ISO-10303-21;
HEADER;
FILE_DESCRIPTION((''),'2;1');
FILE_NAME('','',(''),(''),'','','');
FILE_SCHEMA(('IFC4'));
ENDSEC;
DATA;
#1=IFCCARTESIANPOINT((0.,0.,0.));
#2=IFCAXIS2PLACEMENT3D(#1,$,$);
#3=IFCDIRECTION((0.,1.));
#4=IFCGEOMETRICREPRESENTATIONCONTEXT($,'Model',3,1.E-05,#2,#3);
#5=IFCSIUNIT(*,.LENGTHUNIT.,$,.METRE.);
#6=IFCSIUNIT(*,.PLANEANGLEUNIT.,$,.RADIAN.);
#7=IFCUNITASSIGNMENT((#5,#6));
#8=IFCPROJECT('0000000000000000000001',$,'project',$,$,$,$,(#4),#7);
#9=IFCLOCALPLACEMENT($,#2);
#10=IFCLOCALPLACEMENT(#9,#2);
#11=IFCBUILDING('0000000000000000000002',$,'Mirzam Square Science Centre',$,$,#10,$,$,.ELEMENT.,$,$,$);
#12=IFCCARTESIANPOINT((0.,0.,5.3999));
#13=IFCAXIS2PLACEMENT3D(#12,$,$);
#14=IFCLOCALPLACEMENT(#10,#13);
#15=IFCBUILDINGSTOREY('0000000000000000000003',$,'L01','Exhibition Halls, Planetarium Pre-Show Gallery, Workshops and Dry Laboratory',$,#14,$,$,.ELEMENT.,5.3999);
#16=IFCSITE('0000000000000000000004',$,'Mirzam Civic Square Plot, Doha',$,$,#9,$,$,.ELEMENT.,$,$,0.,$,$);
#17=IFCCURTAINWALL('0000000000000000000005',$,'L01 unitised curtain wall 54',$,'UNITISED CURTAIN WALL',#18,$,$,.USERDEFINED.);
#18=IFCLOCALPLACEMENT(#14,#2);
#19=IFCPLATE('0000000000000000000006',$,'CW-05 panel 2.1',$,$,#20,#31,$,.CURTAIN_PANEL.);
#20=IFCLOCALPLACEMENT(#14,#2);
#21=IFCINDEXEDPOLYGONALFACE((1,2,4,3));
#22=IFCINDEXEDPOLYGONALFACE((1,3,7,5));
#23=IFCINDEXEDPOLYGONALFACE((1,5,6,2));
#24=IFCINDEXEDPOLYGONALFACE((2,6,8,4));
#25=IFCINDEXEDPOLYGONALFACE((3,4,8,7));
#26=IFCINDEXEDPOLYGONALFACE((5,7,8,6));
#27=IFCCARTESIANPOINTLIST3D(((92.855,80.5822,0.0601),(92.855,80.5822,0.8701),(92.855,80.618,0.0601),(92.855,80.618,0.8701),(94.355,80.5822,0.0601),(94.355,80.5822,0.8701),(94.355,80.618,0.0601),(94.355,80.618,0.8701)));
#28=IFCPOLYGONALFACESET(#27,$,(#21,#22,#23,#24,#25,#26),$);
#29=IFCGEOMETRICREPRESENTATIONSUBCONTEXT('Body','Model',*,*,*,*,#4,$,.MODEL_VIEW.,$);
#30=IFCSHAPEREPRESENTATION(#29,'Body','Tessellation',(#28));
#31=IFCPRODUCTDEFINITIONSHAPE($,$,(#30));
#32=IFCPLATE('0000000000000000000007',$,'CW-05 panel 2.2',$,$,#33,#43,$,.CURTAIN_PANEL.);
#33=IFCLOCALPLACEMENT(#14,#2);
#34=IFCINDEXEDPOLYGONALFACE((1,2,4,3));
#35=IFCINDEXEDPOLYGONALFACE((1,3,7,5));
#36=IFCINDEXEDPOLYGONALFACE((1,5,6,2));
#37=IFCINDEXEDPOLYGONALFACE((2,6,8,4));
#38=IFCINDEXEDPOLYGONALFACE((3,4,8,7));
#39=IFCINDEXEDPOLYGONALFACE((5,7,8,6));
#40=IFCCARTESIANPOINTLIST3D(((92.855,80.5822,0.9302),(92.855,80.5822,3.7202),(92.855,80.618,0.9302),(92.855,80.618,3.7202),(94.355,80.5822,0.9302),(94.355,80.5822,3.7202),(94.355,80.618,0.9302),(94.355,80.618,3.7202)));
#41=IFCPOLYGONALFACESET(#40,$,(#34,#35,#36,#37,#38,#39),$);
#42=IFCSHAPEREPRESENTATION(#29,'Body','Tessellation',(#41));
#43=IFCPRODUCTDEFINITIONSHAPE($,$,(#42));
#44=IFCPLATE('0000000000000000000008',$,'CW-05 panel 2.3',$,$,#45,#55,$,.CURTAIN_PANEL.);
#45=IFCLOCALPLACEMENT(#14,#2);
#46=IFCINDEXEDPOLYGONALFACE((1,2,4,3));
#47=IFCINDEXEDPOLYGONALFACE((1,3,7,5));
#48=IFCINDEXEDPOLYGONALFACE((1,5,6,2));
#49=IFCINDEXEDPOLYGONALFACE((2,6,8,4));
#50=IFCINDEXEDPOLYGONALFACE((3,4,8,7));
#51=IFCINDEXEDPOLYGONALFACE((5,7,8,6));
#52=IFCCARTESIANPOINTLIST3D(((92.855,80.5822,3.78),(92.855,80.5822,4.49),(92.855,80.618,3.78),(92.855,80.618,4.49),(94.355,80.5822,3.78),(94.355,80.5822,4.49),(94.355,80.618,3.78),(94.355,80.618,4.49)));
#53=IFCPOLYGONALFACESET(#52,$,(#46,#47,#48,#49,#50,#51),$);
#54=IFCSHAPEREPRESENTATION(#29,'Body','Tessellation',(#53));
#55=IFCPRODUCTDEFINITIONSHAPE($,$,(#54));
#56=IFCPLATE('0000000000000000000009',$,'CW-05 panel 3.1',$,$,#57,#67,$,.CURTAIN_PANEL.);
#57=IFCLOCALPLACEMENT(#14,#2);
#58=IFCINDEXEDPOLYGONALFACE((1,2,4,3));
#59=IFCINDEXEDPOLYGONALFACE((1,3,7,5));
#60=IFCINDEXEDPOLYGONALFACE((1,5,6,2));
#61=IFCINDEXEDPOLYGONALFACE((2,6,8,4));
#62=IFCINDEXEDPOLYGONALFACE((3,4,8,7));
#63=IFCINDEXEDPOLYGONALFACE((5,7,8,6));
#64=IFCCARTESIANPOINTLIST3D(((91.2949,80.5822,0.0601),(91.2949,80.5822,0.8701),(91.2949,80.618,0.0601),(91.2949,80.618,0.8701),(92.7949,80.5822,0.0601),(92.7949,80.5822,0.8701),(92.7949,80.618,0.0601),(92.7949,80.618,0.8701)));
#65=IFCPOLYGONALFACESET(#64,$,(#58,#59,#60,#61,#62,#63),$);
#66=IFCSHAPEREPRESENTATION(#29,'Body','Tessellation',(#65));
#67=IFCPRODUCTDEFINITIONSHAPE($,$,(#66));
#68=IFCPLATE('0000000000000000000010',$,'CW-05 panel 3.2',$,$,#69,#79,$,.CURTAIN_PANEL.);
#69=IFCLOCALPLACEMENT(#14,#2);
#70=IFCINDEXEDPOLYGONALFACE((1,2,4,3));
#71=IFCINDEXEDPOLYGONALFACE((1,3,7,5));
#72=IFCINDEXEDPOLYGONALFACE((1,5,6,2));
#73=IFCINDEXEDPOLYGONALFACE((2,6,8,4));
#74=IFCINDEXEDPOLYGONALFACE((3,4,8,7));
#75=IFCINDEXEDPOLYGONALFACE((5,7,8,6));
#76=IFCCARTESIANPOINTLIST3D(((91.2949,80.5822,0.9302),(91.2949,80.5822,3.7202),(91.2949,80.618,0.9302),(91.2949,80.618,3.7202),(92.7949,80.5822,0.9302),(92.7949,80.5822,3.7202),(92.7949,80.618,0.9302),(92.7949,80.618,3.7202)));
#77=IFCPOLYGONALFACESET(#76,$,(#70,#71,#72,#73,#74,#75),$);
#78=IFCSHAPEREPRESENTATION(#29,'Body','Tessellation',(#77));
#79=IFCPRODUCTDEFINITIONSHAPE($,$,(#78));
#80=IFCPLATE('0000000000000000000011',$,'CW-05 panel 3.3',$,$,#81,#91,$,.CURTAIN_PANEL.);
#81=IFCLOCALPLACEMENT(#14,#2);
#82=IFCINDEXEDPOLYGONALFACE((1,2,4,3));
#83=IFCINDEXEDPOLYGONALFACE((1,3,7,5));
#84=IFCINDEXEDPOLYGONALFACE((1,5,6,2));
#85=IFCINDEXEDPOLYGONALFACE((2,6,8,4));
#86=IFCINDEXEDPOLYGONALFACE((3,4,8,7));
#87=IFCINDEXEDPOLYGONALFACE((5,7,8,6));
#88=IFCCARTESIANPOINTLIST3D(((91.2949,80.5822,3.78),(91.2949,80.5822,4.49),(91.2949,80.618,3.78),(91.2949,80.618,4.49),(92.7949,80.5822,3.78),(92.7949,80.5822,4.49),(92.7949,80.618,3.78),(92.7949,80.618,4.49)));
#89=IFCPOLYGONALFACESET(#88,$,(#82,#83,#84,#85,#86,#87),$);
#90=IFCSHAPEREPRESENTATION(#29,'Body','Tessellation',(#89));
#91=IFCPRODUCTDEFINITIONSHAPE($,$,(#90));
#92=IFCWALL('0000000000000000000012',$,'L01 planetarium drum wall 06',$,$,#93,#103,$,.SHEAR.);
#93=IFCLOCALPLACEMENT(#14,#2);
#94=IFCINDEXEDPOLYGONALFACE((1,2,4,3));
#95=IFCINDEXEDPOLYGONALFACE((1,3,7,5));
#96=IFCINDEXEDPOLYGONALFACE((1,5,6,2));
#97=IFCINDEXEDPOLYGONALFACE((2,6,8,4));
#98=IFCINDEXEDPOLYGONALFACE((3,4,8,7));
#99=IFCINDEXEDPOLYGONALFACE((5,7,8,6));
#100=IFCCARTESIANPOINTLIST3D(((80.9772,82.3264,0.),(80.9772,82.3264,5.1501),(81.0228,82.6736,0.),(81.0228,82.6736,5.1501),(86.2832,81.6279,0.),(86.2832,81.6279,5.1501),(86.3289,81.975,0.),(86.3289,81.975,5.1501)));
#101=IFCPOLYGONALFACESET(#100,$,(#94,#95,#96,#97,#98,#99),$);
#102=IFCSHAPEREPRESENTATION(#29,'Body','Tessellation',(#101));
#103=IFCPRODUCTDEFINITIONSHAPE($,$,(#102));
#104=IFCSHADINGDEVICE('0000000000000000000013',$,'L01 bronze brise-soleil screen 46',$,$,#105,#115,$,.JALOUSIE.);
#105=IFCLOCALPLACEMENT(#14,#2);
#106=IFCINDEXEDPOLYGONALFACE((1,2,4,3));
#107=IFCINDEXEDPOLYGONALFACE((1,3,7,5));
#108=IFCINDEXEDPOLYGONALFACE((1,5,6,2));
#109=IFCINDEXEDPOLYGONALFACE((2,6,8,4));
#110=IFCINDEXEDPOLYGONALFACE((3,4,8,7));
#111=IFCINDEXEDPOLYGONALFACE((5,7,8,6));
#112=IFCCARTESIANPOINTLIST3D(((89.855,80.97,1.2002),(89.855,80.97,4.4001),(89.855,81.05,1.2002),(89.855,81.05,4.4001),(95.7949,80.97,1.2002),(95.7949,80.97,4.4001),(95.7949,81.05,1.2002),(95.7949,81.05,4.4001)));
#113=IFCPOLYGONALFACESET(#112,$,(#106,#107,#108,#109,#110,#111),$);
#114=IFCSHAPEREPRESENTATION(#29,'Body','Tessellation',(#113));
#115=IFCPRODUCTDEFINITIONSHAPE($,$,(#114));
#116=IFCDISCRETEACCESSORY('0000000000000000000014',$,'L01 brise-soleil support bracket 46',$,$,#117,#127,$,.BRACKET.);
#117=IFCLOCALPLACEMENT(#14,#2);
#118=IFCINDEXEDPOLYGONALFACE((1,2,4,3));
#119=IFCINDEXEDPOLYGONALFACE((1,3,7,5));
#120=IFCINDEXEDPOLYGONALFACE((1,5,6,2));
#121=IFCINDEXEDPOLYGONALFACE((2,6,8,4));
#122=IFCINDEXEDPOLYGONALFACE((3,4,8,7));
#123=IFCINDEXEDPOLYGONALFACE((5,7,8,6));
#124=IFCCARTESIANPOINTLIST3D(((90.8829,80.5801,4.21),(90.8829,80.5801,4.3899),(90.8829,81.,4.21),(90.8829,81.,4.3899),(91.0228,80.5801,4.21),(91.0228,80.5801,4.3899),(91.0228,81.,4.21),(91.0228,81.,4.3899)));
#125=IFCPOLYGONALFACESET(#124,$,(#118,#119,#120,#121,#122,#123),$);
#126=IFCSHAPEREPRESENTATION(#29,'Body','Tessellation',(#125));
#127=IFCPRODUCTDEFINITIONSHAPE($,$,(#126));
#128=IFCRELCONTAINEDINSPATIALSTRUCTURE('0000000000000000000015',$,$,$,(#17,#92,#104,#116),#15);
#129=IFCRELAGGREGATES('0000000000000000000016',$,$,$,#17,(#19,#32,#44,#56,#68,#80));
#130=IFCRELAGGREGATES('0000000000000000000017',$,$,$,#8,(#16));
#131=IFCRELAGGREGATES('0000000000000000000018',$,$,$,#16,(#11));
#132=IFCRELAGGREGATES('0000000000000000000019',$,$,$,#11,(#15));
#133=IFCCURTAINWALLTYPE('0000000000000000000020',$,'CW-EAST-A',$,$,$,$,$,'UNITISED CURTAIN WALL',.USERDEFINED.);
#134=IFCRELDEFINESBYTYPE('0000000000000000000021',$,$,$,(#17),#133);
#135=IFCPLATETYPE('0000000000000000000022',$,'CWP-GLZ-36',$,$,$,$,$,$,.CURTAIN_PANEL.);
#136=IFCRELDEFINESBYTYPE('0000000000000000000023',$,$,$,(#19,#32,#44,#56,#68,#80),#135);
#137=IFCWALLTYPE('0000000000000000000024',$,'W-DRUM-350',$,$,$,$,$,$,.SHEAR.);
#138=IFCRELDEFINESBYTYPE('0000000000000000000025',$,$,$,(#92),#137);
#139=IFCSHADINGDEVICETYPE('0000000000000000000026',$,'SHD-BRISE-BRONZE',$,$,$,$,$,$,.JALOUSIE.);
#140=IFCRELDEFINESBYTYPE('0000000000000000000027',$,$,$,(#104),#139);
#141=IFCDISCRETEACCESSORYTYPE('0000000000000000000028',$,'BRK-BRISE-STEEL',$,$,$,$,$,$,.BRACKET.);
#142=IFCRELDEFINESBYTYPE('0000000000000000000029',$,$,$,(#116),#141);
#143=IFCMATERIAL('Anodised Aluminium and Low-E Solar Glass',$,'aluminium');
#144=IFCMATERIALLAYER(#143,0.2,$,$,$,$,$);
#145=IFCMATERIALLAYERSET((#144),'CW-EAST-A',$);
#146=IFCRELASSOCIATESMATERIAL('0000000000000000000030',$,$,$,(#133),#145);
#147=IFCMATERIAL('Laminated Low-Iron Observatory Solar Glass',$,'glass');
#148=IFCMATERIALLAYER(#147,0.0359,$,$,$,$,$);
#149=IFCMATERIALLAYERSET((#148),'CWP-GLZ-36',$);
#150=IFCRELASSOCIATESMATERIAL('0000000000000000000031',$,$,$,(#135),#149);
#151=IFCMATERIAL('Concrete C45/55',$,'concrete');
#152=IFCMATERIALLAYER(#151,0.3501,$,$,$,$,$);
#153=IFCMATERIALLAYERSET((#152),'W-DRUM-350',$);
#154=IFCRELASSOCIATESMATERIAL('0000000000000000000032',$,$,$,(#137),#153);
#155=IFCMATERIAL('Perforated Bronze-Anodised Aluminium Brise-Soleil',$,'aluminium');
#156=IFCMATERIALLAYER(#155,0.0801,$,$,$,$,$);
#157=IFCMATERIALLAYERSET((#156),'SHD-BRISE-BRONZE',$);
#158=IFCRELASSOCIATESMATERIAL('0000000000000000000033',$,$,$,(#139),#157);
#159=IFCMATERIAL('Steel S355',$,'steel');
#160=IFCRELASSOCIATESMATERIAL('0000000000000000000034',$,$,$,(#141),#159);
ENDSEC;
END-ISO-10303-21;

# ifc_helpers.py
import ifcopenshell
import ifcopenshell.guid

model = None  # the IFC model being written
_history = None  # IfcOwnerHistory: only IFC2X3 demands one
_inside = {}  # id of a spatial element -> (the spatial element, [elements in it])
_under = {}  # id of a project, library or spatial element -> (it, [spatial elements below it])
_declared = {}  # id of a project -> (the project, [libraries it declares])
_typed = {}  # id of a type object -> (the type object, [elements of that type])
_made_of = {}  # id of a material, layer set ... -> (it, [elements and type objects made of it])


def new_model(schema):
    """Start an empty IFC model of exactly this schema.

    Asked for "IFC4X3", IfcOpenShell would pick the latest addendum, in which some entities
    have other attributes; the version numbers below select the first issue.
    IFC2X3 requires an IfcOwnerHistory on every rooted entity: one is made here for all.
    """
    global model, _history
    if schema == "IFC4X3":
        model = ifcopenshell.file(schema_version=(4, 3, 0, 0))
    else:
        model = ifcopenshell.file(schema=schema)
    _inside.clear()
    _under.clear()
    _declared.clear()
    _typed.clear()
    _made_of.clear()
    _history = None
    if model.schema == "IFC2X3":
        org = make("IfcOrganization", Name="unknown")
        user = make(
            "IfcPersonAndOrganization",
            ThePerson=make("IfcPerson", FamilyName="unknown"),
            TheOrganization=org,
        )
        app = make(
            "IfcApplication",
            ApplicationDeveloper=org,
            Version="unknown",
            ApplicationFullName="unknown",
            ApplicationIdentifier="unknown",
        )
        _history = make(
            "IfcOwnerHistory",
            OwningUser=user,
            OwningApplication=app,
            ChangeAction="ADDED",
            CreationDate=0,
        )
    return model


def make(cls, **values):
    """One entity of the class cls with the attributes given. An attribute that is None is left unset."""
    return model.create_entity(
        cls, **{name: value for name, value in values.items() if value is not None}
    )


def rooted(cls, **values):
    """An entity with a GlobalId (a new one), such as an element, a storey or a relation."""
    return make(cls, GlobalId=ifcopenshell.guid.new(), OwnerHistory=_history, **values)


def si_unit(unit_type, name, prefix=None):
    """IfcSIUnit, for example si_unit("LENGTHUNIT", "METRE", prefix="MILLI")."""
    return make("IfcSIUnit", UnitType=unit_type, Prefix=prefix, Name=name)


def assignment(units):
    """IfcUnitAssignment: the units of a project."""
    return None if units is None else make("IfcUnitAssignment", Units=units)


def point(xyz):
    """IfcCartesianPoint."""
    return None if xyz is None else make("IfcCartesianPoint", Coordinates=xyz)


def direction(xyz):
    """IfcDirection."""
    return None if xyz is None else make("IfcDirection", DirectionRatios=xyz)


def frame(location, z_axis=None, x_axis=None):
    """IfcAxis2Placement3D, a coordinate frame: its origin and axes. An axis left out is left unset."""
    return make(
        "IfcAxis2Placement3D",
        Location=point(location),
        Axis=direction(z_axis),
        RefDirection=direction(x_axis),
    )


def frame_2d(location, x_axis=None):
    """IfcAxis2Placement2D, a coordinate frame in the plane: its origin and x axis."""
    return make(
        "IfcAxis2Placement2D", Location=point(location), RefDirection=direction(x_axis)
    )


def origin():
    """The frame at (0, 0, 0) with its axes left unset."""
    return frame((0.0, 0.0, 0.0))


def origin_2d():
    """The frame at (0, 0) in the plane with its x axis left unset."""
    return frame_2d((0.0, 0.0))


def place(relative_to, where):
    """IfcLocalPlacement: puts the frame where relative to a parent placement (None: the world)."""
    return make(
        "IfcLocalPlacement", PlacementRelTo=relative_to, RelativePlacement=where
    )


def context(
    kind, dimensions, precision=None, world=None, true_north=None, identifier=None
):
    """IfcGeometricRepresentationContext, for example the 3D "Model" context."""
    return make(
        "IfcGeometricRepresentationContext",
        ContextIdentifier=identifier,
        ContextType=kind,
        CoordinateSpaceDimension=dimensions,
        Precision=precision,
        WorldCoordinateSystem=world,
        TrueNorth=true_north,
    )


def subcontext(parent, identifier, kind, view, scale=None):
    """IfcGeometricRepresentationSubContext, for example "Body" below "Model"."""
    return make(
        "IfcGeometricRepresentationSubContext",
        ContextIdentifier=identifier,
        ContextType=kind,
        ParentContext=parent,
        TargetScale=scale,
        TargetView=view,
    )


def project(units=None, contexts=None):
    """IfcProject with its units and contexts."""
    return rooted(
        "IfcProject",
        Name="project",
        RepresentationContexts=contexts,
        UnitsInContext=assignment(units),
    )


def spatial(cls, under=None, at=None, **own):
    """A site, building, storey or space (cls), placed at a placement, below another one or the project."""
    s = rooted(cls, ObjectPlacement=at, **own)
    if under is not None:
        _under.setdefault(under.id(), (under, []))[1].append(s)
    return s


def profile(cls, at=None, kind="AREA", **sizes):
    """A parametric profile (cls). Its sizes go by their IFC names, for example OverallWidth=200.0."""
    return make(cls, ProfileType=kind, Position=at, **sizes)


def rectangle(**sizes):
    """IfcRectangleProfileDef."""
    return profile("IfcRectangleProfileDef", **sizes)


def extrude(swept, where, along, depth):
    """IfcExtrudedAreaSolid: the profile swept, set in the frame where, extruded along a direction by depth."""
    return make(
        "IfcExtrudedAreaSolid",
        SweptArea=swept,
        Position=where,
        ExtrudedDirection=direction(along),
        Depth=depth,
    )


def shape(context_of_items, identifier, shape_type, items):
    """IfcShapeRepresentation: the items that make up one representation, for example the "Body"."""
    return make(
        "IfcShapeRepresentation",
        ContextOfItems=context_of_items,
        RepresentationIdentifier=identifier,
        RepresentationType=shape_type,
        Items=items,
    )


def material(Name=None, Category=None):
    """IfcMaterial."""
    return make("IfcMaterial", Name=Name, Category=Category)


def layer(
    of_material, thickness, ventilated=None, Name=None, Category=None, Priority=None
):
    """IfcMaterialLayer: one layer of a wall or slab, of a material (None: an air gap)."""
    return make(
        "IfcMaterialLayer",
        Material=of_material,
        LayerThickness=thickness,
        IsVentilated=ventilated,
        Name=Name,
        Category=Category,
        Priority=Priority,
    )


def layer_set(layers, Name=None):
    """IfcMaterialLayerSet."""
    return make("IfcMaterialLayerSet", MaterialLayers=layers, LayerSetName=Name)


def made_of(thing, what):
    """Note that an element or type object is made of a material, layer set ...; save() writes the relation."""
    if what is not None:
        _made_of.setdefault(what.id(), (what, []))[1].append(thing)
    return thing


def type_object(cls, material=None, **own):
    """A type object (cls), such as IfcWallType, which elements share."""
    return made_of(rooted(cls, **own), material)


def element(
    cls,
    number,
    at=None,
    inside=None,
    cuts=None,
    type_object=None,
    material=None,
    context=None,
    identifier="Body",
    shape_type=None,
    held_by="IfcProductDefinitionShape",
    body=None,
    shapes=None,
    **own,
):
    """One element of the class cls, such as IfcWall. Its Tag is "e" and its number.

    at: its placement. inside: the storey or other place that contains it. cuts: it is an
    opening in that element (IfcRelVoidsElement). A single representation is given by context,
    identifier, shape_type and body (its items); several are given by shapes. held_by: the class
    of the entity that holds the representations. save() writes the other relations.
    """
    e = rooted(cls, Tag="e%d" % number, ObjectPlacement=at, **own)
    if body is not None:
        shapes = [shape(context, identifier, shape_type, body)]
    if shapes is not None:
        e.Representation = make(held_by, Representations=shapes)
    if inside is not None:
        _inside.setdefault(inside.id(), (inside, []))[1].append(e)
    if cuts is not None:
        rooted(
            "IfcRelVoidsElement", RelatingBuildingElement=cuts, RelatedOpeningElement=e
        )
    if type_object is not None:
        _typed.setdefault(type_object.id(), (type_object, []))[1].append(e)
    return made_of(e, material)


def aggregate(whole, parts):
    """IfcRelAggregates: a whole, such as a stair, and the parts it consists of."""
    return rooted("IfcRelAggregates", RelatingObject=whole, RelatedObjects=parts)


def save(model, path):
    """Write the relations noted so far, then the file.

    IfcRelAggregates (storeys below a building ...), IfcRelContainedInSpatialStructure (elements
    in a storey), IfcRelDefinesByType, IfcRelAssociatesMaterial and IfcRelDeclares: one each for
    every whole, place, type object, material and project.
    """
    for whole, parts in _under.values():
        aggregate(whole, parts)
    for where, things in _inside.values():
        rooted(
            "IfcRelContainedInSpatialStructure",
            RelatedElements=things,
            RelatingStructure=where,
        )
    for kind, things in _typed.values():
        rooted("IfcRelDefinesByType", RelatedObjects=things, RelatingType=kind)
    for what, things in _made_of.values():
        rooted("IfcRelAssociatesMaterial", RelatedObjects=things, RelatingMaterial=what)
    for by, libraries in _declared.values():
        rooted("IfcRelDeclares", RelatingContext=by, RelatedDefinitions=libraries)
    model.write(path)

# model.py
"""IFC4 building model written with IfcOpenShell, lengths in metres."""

from ifc_helpers import new_model, si_unit, direction, frame, frame_2d, origin, origin_2d, place, context, subcontext, project, spatial, rectangle, extrude, material, layer, layer_set, type_object, element, aggregate, save


model = new_model("IFC4")

# Units and contexts
model_context = context("Model", 3, precision=1e-05, world=origin(), true_north=direction((0.0, 1.0)))
body_context = subcontext(model_context, "Body", "Model", "MODEL_VIEW")
ifc_project = project(units=[si_unit("LENGTHUNIT", "METRE"), si_unit("PLANEANGLEUNIT", "RADIAN")], contexts=[model_context])

# Site, building, storey
site_placement = place(None, origin())
site = spatial("IfcSite", under=ifc_project, at=site_placement, Name="Mirzam Civic Square Plot, Doha", CompositionType="ELEMENT", RefElevation=0.0)
building_placement = place(site_placement, origin())
building = spatial("IfcBuilding", under=site, at=building_placement, Name="Mirzam Square Science Centre", CompositionType="ELEMENT")
storey_placement = place(building_placement, frame((0.0, 0.0, 5.3999)))
storey = spatial("IfcBuildingStorey", under=building, at=storey_placement, Name="L01", Description="Exhibition Halls, Planetarium Pre-Show Gallery, Workshops and Dry Laboratory", CompositionType="ELEMENT", Elevation=5.3999)

# Curtain wall, plates
ifc_material_1 = material(Name="Anodised Aluminium and Low-E Solar Glass", Category="aluminium")
ifc_layer_1 = layer(ifc_material_1, 0.2)
ifc_layer_set_1 = layer_set([ifc_layer_1], Name="CW-EAST-A")
curtain_wall_type = type_object("IfcCurtainWallType", Name="CW-EAST-A", ElementType="UNITISED CURTAIN WALL", PredefinedType="USERDEFINED", material=ifc_layer_set_1)
curtain_wall_placement = place(storey_placement, origin())
curtain_wall = element("IfcCurtainWall", 1, at=curtain_wall_placement, inside=storey, type_object=curtain_wall_type, Name="L01 unitised curtain wall 54", ObjectType="UNITISED CURTAIN WALL", PredefinedType="USERDEFINED")
ifc_material_2 = material(Name="Laminated Low-Iron Observatory Solar Glass", Category="glass")
ifc_layer_2 = layer(ifc_material_2, 0.0359)
ifc_layer_set_2 = layer_set([ifc_layer_2], Name="CWP-GLZ-36")
plate_type = type_object("IfcPlateType", Name="CWP-GLZ-36", PredefinedType="CURTAIN_PANEL", material=ifc_layer_set_2)
plate_1_placement = place(storey_placement, frame((93.605, 80.6001, 0.0601), z_axis=(0.0, 0.0, 1.0), x_axis=(-1.0, 0.0, 0.0)))
plate_1 = element("IfcPlate", 2, at=plate_1_placement, type_object=plate_type, Name="CW-05 panel 2.1", PredefinedType="CURTAIN_PANEL", context=body_context, shape_type="SweptSolid", body=[
    extrude(rectangle(XDim=1.5, YDim=0.0359, at=origin_2d()), origin(), (0.0, 0.0, 1.0), 0.8101),
])
plate_2_placement = place(storey_placement, frame((93.605, 80.6001, 0.9302), z_axis=(0.0, 0.0, 1.0), x_axis=(-1.0, 0.0, 0.0)))
plate_2 = element("IfcPlate", 3, at=plate_2_placement, type_object=plate_type, Name="CW-05 panel 2.2", PredefinedType="CURTAIN_PANEL", context=body_context, shape_type="SweptSolid", body=[
    extrude(rectangle(XDim=1.5, YDim=0.0359, at=origin_2d()), origin(), (0.0, 0.0, 1.0), 2.79),
])
plate_3_placement = place(storey_placement, frame((93.605, 80.6001, 3.78), z_axis=(0.0, 0.0, 1.0), x_axis=(-1.0, 0.0, 0.0)))
plate_3 = element("IfcPlate", 4, at=plate_3_placement, type_object=plate_type, Name="CW-05 panel 2.3", PredefinedType="CURTAIN_PANEL", context=body_context, shape_type="SweptSolid", body=[
    extrude(rectangle(XDim=1.5, YDim=0.0359, at=origin_2d()), origin(), (0.0, 0.0, 1.0), 0.71),
])
plate_4_placement = place(storey_placement, frame((92.0449, 80.6001, 0.0601), z_axis=(0.0, 0.0, 1.0), x_axis=(-1.0, 0.0, 0.0)))
plate_4 = element("IfcPlate", 5, at=plate_4_placement, type_object=plate_type, Name="CW-05 panel 3.1", PredefinedType="CURTAIN_PANEL", context=body_context, shape_type="SweptSolid", body=[
    extrude(rectangle(XDim=1.5, YDim=0.0359, at=origin_2d()), origin(), (0.0, 0.0, 1.0), 0.8101),
])
plate_5_placement = place(storey_placement, frame((92.0449, 80.6001, 0.9302), z_axis=(0.0, 0.0, 1.0), x_axis=(-1.0, 0.0, 0.0)))
plate_5 = element("IfcPlate", 6, at=plate_5_placement, type_object=plate_type, Name="CW-05 panel 3.2", PredefinedType="CURTAIN_PANEL", context=body_context, shape_type="SweptSolid", body=[
    extrude(rectangle(XDim=1.5, YDim=0.0359, at=origin_2d()), origin(), (0.0, 0.0, 1.0), 2.79),
])
plate_6_placement = place(storey_placement, frame((92.0449, 80.6001, 3.78), z_axis=(0.0, 0.0, 1.0), x_axis=(-1.0, 0.0, 0.0)))
plate_6 = element("IfcPlate", 7, at=plate_6_placement, type_object=plate_type, Name="CW-05 panel 3.3", PredefinedType="CURTAIN_PANEL", context=body_context, shape_type="SweptSolid", body=[
    extrude(rectangle(XDim=1.5, YDim=0.0359, at=origin_2d()), origin(), (0.0, 0.0, 1.0), 0.71),
])
aggregate(curtain_wall, [plate_1, plate_2, plate_3, plate_4, plate_5, plate_6])

# Wall
ifc_material_3 = material(Name="Concrete C45/55", Category="concrete")
ifc_layer_3 = layer(ifc_material_3, 0.3501)
ifc_layer_set_3 = layer_set([ifc_layer_3], Name="W-DRUM-350")
wall_type = type_object("IfcWallType", Name="W-DRUM-350", PredefinedType="SHEAR", material=ifc_layer_set_3)
wall_placement = place(storey_placement, frame((86.3059, 81.8015, 0.0), z_axis=(0.0, 0.0, 1.0), x_axis=(-0.991446, 0.130517, 0.0)))
element("IfcWall", 8, at=wall_placement, inside=storey, type_object=wall_type, Name="L01 planetarium drum wall 06", PredefinedType="SHEAR", context=body_context, shape_type="SweptSolid", body=[
    extrude(rectangle(XDim=5.3518, YDim=0.3501, at=frame_2d((2.6758, 0.0))), origin(), (0.0, 0.0, 1.0), 5.1501),
])

# Shading device
ifc_material_4 = material(Name="Perforated Bronze-Anodised Aluminium Brise-Soleil", Category="aluminium")
ifc_layer_4 = layer(ifc_material_4, 0.0801)
ifc_layer_set_4 = layer_set([ifc_layer_4], Name="SHD-BRISE-BRONZE")
shading_device_type = type_object("IfcShadingDeviceType", Name="SHD-BRISE-BRONZE", PredefinedType="JALOUSIE", material=ifc_layer_set_4)
shading_device_placement = place(storey_placement, frame((92.825, 81.01, 1.2002), z_axis=(0.0, 0.0, 1.0), x_axis=(-1.0, 0.0, 0.0)))
element("IfcShadingDevice", 9, at=shading_device_placement, inside=storey, type_object=shading_device_type, Name="L01 bronze brise-soleil screen 46", PredefinedType="JALOUSIE", context=body_context, shape_type="SweptSolid", body=[
    extrude(rectangle(XDim=5.9399, YDim=0.0801, at=origin_2d()), origin(), (0.0, 0.0, 1.0), 3.2),
])

# Discrete accessory
ifc_material_5 = material(Name="Steel S355", Category="steel")
discrete_accessory_type = type_object("IfcDiscreteAccessoryType", Name="BRK-BRISE-STEEL", PredefinedType="BRACKET", material=ifc_material_5)
discrete_accessory_placement = place(storey_placement, frame((90.9529, 80.79, 4.21), z_axis=(0.0, 0.0, 1.0), x_axis=(-1.0, 0.0, 0.0)))
element("IfcDiscreteAccessory", 10, at=discrete_accessory_placement, inside=storey, type_object=discrete_accessory_type, Name="L01 brise-soleil support bracket 46", PredefinedType="BRACKET", context=body_context, shape_type="SweptSolid", body=[
    extrude(rectangle(XDim=0.1399, YDim=0.4199, at=origin_2d()), origin(), (0.0, 0.0, 1.0), 0.1799),
])

save(model, "model.ifc")
